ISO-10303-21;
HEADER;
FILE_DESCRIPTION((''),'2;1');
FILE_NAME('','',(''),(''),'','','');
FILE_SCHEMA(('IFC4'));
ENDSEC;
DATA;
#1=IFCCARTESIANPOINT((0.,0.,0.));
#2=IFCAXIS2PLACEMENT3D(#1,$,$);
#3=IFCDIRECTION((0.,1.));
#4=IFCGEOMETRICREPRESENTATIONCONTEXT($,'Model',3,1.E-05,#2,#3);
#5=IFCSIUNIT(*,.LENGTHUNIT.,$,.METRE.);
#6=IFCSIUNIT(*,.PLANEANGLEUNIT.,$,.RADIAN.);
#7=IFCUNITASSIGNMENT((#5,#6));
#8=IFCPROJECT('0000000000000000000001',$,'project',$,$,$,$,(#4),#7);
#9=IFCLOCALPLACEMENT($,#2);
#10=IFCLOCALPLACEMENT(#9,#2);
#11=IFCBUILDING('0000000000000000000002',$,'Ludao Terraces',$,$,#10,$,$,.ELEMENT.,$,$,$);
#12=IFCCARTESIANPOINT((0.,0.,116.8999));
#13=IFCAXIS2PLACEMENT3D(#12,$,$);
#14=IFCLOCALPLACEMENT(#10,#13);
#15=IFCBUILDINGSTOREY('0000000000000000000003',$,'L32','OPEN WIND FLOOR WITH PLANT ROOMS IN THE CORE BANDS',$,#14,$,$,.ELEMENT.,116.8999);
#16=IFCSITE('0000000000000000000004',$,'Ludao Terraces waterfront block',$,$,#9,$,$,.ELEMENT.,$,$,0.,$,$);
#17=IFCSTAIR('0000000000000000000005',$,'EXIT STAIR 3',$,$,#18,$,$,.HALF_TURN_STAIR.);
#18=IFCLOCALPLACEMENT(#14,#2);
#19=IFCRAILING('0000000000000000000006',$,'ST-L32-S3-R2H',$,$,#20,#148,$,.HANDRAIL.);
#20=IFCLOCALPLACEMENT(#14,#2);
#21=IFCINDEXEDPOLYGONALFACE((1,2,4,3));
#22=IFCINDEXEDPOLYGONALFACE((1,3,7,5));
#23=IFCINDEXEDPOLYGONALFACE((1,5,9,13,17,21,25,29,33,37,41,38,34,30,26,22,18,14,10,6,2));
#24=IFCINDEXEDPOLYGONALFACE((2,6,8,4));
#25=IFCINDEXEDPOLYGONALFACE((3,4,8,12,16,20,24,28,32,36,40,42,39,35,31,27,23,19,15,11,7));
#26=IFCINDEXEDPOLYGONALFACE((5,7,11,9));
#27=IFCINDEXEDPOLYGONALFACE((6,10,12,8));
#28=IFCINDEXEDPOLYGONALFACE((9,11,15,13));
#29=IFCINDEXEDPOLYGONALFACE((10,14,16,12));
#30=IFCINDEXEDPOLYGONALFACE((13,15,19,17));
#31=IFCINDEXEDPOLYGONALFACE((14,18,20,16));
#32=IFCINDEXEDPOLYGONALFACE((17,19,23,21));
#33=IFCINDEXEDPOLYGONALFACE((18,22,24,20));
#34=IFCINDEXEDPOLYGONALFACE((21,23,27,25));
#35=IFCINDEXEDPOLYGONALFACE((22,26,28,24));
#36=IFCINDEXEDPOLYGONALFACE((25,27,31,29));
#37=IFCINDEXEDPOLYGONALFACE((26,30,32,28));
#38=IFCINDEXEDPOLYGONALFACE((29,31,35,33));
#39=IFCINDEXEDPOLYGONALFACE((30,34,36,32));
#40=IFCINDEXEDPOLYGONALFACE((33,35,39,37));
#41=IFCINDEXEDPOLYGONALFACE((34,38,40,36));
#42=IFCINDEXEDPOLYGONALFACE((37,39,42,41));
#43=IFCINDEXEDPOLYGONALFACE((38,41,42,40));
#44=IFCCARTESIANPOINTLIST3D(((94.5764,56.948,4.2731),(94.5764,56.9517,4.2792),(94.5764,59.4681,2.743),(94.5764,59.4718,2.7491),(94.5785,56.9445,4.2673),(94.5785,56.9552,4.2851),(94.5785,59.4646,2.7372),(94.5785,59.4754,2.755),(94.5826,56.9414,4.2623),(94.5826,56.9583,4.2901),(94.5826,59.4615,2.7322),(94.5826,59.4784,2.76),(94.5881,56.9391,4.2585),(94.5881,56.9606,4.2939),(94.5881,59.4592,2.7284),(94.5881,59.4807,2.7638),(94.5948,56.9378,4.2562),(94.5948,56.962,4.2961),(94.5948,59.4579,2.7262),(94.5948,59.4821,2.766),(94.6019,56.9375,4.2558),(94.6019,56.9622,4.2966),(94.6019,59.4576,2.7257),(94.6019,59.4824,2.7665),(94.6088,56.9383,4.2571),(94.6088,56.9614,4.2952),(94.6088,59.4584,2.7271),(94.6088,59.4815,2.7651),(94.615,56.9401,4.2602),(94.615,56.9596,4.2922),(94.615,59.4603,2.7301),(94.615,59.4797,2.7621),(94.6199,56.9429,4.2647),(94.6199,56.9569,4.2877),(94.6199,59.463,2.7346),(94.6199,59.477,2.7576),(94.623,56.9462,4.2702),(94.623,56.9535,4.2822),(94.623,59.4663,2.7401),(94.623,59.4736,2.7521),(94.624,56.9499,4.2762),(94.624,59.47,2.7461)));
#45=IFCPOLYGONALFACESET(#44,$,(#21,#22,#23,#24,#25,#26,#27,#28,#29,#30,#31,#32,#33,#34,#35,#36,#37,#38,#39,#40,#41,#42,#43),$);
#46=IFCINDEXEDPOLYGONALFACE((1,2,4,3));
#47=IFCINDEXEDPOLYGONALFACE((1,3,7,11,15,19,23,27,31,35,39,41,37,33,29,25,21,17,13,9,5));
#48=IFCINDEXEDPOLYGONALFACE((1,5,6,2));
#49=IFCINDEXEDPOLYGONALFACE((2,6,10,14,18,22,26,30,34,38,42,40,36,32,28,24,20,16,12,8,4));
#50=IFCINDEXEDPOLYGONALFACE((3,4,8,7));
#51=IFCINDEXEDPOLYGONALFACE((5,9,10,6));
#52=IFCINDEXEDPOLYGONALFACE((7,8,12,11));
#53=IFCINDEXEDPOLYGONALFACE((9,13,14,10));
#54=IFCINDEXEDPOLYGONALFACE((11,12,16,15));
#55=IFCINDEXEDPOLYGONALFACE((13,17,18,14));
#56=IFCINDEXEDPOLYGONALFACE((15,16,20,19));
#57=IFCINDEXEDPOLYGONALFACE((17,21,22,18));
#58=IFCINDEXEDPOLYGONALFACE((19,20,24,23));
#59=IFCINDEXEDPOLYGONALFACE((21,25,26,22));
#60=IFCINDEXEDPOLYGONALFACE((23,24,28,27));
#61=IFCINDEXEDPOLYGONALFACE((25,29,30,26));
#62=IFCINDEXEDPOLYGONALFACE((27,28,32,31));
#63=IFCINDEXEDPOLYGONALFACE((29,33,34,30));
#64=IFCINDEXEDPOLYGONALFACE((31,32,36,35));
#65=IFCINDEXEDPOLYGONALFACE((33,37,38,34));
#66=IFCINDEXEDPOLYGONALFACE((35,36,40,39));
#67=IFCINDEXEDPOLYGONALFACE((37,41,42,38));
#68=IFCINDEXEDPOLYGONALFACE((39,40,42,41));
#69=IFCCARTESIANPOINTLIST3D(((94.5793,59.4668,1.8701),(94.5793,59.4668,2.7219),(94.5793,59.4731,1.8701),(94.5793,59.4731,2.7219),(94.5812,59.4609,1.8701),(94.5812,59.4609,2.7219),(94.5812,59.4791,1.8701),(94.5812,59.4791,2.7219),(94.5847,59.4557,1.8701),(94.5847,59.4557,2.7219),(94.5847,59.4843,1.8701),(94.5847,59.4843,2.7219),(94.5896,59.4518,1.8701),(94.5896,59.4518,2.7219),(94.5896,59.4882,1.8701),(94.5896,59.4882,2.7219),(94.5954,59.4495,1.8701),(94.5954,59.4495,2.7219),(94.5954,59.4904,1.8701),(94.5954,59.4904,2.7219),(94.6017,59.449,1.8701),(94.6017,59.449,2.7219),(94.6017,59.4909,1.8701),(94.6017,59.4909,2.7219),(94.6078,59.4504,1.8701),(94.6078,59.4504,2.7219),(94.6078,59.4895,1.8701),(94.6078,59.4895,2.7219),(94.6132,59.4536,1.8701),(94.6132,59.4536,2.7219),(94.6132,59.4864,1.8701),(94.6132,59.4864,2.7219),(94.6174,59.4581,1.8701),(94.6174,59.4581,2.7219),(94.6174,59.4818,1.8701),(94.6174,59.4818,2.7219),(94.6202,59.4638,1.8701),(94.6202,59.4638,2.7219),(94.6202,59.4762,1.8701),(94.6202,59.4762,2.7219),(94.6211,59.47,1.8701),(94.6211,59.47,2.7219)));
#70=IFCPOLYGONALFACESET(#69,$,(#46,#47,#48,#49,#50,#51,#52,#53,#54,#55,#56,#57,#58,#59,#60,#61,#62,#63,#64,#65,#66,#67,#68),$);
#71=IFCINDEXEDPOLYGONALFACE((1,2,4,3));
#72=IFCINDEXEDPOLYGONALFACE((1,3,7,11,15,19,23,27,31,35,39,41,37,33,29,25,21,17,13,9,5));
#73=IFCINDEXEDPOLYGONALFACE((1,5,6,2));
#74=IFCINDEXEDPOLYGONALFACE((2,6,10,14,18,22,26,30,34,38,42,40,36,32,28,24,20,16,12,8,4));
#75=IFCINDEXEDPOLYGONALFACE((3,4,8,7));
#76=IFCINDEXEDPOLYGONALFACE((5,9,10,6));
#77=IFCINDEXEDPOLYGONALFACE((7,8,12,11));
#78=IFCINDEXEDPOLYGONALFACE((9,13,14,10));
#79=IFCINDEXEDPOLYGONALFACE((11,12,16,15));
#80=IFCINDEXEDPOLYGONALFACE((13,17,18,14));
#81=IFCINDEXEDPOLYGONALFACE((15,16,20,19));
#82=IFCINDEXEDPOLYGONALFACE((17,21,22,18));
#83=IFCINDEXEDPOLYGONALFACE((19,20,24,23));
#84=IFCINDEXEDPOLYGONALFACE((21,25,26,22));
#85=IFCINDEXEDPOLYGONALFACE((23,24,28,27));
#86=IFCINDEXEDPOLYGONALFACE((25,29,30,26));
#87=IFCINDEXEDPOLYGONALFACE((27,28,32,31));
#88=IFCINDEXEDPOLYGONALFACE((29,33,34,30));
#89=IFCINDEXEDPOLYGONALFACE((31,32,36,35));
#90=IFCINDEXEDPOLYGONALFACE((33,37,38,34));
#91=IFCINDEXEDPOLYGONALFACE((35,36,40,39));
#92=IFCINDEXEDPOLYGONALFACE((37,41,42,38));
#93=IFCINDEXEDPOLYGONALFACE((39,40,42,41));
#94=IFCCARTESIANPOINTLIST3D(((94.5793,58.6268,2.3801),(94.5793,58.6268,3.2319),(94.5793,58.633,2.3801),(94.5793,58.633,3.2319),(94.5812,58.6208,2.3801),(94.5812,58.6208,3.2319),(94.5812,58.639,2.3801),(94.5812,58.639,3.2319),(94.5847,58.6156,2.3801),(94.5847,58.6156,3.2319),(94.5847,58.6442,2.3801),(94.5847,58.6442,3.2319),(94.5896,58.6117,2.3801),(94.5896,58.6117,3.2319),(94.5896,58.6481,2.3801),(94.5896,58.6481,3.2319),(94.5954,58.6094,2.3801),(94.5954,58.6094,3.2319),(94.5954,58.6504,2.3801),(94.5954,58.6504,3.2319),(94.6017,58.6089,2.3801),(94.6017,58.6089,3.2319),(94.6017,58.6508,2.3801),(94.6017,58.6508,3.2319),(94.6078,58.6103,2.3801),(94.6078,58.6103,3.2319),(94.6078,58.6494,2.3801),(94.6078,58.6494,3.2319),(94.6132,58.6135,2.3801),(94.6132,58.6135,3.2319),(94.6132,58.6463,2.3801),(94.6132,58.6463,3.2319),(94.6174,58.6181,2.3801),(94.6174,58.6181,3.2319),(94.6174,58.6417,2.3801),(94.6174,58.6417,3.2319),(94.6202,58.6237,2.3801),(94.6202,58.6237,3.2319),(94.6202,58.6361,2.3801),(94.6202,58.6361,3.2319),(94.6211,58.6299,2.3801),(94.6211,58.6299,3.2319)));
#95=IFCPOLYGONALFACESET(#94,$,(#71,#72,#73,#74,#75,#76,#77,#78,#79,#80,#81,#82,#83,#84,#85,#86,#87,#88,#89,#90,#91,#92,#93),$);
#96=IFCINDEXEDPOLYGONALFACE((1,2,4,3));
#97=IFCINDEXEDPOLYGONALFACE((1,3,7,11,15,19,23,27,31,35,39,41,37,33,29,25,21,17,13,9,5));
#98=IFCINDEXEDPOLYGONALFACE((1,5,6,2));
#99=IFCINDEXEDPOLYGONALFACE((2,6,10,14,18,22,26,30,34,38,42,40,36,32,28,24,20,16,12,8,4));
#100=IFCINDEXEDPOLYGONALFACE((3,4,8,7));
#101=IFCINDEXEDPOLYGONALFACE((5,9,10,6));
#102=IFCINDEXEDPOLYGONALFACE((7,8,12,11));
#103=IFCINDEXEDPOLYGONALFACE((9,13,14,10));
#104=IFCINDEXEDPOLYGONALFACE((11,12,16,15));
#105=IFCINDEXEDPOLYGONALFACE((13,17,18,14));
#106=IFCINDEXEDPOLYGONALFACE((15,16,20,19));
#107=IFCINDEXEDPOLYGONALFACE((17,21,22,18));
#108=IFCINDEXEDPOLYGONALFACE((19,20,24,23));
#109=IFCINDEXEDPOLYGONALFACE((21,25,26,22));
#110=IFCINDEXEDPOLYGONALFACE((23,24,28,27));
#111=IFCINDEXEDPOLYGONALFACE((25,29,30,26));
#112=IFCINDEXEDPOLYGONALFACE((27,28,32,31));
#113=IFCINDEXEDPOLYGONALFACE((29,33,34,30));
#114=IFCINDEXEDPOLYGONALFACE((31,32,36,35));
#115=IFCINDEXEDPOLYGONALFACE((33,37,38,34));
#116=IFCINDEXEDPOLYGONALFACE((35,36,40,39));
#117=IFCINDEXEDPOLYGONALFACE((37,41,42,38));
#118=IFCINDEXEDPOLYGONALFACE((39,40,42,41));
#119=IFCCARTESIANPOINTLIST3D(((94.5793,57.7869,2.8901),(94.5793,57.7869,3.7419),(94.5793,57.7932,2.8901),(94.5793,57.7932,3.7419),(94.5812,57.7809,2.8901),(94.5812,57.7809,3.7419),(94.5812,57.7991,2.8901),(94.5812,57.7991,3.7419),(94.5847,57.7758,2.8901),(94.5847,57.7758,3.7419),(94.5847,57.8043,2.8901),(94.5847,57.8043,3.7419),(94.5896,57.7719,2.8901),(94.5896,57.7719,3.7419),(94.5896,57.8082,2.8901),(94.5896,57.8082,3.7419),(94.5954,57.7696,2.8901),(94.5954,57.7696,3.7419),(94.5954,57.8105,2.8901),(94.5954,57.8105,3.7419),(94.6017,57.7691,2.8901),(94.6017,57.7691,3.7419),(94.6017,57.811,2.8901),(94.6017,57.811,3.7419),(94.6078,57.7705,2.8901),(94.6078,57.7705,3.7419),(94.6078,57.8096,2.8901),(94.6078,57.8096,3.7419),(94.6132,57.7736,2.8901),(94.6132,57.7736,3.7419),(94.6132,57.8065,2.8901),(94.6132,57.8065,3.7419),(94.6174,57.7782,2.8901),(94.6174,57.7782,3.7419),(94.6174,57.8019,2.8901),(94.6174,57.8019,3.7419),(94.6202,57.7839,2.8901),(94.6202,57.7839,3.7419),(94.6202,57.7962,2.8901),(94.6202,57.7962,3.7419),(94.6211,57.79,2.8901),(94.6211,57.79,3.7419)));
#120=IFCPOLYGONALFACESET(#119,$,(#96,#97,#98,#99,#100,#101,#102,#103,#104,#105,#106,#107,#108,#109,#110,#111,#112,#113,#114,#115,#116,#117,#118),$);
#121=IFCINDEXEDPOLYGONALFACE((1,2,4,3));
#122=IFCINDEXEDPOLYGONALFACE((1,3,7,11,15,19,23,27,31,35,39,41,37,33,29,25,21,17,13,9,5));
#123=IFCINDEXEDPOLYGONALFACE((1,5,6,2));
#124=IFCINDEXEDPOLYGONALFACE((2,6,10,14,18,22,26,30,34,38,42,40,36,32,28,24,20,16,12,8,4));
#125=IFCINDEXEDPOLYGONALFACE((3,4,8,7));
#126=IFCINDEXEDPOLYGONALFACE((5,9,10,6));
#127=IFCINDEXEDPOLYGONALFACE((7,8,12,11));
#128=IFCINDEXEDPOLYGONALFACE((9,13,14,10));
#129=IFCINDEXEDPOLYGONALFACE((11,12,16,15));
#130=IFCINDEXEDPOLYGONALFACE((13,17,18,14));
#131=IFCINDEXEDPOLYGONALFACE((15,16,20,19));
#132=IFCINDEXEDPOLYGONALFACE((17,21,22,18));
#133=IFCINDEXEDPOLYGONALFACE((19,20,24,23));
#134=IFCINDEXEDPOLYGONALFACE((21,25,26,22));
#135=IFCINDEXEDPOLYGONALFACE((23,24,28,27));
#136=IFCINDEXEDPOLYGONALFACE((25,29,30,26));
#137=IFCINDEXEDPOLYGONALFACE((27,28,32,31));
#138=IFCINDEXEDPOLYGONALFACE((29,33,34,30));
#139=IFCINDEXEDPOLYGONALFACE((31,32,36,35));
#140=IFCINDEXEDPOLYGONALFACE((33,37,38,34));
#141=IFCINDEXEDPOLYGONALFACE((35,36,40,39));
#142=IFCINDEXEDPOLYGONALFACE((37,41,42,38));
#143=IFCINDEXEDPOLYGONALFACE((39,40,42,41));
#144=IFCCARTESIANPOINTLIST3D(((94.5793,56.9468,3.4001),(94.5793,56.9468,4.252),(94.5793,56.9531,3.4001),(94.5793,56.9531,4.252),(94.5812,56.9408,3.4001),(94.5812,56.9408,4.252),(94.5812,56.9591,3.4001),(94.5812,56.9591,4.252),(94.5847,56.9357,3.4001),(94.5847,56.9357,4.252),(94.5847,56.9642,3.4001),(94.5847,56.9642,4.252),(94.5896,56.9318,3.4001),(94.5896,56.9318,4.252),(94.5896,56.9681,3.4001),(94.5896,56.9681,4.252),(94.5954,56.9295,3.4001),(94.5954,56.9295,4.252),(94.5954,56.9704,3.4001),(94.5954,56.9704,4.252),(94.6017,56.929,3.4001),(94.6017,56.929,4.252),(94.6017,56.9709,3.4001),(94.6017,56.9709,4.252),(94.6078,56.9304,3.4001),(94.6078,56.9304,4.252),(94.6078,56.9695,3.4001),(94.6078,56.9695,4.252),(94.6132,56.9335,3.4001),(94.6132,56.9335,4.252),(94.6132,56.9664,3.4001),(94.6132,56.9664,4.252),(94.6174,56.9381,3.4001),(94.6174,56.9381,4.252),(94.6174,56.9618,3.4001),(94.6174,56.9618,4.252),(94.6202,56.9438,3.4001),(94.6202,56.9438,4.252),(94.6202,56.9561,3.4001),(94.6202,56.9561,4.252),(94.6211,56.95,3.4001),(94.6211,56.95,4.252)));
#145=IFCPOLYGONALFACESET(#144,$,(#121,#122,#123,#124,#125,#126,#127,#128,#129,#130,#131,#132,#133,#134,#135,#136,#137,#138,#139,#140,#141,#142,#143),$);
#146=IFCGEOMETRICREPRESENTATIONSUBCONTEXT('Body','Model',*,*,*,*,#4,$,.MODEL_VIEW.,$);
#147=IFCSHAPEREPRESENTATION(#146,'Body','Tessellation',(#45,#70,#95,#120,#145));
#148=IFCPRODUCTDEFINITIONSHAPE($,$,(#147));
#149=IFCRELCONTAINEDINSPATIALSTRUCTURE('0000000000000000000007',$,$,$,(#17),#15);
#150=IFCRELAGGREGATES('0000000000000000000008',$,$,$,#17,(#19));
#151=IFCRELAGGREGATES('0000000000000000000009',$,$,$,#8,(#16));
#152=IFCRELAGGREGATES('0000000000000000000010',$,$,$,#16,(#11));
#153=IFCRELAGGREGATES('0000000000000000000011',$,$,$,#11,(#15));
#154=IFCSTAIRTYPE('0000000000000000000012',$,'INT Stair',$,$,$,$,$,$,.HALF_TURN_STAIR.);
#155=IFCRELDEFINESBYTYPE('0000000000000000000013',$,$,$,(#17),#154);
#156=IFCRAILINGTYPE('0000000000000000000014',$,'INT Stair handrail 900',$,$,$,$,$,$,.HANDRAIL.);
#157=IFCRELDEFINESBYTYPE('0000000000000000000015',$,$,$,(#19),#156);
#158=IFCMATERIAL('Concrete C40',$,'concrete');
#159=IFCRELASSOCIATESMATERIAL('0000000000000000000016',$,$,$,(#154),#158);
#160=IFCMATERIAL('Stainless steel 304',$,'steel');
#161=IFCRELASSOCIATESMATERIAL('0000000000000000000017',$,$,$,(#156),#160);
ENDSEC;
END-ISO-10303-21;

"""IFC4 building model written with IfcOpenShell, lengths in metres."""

from ifc_helpers import new_model, si_unit, direction, frame, origin, origin_2d, place, context, subcontext, project, spatial, circle, extrude, material, type_object, element, aggregate, save


model = new_model("IFC4")

# Units and contexts
model_context = context("Model", 3, precision=1e-05, world=origin(), true_north=direction((0.0, 1.0)))
body_context = subcontext(model_context, "Body", "Model", "MODEL_VIEW")
ifc_project = project(units=[si_unit("LENGTHUNIT", "METRE"), si_unit("PLANEANGLEUNIT", "RADIAN")], contexts=[model_context])

# Site, building, storey
site_placement = place(None, origin())
site = spatial("IfcSite", under=ifc_project, at=site_placement, Name="Ludao Terraces waterfront block", CompositionType="ELEMENT", RefElevation=0.0)
building_placement = place(site_placement, origin())
building = spatial("IfcBuilding", under=site, at=building_placement, Name="Ludao Terraces", CompositionType="ELEMENT")
storey_placement = place(building_placement, frame((0.0, 0.0, 116.8999)))
storey = spatial("IfcBuildingStorey", under=building, at=storey_placement, Name="L32", Description="OPEN WIND FLOOR WITH PLANT ROOMS IN THE CORE BANDS", CompositionType="ELEMENT", Elevation=116.8999)

# Stair, railing
ifc_material_1 = material(Name="Concrete C40", Category="concrete")
stair_type = type_object("IfcStairType", Name="INT Stair", PredefinedType="HALF_TURN_STAIR", material=ifc_material_1)
stair_placement = place(storey_placement, origin())
stair = element("IfcStair", 1, at=stair_placement, inside=storey, type_object=stair_type, Name="EXIT STAIR 3", PredefinedType="HALF_TURN_STAIR")
ifc_material_2 = material(Name="Stainless steel 304", Category="steel")
railing_type_1 = type_object("IfcRailingType", Name="INT Stair handrail 900", PredefinedType="HANDRAIL", material=ifc_material_2)
railing_1_placement = place(storey_placement, frame((94.6001, 59.47, 1.8701)))
railing_1 = element("IfcRailing", 2, at=railing_1_placement, type_object=railing_type_1, Name="ST-L32-S3-R2H", PredefinedType="HANDRAIL", context=body_context, shape_type="SweptSolid", body=[
    extrude(circle(Radius=0.0239, at=origin_2d()), frame((0.0, 0.0, 0.876), z_axis=(0.0, -0.854785, 0.518982), x_axis=(1.0, 0.0, 0.0)), (0.0, 0.0, 1.0), 2.9482),
    extrude(circle(Radius=0.021, at=origin_2d()), origin(), (0.0, 0.0, 1.0), 0.8518),
    extrude(circle(Radius=0.021, at=origin_2d()), frame((0.0, -0.8401, 0.51)), (0.0, 0.0, 1.0), 0.8518),
    extrude(circle(Radius=0.021, at=origin_2d()), frame((0.0, -1.6799, 1.02)), (0.0, 0.0, 1.0), 0.8518),
    extrude(circle(Radius=0.021, at=origin_2d()), frame((0.0, -2.52, 1.53)), (0.0, 0.0, 1.0), 0.8518),
])
aggregate(stair, [railing_1])

save(model, "model.ifc")
